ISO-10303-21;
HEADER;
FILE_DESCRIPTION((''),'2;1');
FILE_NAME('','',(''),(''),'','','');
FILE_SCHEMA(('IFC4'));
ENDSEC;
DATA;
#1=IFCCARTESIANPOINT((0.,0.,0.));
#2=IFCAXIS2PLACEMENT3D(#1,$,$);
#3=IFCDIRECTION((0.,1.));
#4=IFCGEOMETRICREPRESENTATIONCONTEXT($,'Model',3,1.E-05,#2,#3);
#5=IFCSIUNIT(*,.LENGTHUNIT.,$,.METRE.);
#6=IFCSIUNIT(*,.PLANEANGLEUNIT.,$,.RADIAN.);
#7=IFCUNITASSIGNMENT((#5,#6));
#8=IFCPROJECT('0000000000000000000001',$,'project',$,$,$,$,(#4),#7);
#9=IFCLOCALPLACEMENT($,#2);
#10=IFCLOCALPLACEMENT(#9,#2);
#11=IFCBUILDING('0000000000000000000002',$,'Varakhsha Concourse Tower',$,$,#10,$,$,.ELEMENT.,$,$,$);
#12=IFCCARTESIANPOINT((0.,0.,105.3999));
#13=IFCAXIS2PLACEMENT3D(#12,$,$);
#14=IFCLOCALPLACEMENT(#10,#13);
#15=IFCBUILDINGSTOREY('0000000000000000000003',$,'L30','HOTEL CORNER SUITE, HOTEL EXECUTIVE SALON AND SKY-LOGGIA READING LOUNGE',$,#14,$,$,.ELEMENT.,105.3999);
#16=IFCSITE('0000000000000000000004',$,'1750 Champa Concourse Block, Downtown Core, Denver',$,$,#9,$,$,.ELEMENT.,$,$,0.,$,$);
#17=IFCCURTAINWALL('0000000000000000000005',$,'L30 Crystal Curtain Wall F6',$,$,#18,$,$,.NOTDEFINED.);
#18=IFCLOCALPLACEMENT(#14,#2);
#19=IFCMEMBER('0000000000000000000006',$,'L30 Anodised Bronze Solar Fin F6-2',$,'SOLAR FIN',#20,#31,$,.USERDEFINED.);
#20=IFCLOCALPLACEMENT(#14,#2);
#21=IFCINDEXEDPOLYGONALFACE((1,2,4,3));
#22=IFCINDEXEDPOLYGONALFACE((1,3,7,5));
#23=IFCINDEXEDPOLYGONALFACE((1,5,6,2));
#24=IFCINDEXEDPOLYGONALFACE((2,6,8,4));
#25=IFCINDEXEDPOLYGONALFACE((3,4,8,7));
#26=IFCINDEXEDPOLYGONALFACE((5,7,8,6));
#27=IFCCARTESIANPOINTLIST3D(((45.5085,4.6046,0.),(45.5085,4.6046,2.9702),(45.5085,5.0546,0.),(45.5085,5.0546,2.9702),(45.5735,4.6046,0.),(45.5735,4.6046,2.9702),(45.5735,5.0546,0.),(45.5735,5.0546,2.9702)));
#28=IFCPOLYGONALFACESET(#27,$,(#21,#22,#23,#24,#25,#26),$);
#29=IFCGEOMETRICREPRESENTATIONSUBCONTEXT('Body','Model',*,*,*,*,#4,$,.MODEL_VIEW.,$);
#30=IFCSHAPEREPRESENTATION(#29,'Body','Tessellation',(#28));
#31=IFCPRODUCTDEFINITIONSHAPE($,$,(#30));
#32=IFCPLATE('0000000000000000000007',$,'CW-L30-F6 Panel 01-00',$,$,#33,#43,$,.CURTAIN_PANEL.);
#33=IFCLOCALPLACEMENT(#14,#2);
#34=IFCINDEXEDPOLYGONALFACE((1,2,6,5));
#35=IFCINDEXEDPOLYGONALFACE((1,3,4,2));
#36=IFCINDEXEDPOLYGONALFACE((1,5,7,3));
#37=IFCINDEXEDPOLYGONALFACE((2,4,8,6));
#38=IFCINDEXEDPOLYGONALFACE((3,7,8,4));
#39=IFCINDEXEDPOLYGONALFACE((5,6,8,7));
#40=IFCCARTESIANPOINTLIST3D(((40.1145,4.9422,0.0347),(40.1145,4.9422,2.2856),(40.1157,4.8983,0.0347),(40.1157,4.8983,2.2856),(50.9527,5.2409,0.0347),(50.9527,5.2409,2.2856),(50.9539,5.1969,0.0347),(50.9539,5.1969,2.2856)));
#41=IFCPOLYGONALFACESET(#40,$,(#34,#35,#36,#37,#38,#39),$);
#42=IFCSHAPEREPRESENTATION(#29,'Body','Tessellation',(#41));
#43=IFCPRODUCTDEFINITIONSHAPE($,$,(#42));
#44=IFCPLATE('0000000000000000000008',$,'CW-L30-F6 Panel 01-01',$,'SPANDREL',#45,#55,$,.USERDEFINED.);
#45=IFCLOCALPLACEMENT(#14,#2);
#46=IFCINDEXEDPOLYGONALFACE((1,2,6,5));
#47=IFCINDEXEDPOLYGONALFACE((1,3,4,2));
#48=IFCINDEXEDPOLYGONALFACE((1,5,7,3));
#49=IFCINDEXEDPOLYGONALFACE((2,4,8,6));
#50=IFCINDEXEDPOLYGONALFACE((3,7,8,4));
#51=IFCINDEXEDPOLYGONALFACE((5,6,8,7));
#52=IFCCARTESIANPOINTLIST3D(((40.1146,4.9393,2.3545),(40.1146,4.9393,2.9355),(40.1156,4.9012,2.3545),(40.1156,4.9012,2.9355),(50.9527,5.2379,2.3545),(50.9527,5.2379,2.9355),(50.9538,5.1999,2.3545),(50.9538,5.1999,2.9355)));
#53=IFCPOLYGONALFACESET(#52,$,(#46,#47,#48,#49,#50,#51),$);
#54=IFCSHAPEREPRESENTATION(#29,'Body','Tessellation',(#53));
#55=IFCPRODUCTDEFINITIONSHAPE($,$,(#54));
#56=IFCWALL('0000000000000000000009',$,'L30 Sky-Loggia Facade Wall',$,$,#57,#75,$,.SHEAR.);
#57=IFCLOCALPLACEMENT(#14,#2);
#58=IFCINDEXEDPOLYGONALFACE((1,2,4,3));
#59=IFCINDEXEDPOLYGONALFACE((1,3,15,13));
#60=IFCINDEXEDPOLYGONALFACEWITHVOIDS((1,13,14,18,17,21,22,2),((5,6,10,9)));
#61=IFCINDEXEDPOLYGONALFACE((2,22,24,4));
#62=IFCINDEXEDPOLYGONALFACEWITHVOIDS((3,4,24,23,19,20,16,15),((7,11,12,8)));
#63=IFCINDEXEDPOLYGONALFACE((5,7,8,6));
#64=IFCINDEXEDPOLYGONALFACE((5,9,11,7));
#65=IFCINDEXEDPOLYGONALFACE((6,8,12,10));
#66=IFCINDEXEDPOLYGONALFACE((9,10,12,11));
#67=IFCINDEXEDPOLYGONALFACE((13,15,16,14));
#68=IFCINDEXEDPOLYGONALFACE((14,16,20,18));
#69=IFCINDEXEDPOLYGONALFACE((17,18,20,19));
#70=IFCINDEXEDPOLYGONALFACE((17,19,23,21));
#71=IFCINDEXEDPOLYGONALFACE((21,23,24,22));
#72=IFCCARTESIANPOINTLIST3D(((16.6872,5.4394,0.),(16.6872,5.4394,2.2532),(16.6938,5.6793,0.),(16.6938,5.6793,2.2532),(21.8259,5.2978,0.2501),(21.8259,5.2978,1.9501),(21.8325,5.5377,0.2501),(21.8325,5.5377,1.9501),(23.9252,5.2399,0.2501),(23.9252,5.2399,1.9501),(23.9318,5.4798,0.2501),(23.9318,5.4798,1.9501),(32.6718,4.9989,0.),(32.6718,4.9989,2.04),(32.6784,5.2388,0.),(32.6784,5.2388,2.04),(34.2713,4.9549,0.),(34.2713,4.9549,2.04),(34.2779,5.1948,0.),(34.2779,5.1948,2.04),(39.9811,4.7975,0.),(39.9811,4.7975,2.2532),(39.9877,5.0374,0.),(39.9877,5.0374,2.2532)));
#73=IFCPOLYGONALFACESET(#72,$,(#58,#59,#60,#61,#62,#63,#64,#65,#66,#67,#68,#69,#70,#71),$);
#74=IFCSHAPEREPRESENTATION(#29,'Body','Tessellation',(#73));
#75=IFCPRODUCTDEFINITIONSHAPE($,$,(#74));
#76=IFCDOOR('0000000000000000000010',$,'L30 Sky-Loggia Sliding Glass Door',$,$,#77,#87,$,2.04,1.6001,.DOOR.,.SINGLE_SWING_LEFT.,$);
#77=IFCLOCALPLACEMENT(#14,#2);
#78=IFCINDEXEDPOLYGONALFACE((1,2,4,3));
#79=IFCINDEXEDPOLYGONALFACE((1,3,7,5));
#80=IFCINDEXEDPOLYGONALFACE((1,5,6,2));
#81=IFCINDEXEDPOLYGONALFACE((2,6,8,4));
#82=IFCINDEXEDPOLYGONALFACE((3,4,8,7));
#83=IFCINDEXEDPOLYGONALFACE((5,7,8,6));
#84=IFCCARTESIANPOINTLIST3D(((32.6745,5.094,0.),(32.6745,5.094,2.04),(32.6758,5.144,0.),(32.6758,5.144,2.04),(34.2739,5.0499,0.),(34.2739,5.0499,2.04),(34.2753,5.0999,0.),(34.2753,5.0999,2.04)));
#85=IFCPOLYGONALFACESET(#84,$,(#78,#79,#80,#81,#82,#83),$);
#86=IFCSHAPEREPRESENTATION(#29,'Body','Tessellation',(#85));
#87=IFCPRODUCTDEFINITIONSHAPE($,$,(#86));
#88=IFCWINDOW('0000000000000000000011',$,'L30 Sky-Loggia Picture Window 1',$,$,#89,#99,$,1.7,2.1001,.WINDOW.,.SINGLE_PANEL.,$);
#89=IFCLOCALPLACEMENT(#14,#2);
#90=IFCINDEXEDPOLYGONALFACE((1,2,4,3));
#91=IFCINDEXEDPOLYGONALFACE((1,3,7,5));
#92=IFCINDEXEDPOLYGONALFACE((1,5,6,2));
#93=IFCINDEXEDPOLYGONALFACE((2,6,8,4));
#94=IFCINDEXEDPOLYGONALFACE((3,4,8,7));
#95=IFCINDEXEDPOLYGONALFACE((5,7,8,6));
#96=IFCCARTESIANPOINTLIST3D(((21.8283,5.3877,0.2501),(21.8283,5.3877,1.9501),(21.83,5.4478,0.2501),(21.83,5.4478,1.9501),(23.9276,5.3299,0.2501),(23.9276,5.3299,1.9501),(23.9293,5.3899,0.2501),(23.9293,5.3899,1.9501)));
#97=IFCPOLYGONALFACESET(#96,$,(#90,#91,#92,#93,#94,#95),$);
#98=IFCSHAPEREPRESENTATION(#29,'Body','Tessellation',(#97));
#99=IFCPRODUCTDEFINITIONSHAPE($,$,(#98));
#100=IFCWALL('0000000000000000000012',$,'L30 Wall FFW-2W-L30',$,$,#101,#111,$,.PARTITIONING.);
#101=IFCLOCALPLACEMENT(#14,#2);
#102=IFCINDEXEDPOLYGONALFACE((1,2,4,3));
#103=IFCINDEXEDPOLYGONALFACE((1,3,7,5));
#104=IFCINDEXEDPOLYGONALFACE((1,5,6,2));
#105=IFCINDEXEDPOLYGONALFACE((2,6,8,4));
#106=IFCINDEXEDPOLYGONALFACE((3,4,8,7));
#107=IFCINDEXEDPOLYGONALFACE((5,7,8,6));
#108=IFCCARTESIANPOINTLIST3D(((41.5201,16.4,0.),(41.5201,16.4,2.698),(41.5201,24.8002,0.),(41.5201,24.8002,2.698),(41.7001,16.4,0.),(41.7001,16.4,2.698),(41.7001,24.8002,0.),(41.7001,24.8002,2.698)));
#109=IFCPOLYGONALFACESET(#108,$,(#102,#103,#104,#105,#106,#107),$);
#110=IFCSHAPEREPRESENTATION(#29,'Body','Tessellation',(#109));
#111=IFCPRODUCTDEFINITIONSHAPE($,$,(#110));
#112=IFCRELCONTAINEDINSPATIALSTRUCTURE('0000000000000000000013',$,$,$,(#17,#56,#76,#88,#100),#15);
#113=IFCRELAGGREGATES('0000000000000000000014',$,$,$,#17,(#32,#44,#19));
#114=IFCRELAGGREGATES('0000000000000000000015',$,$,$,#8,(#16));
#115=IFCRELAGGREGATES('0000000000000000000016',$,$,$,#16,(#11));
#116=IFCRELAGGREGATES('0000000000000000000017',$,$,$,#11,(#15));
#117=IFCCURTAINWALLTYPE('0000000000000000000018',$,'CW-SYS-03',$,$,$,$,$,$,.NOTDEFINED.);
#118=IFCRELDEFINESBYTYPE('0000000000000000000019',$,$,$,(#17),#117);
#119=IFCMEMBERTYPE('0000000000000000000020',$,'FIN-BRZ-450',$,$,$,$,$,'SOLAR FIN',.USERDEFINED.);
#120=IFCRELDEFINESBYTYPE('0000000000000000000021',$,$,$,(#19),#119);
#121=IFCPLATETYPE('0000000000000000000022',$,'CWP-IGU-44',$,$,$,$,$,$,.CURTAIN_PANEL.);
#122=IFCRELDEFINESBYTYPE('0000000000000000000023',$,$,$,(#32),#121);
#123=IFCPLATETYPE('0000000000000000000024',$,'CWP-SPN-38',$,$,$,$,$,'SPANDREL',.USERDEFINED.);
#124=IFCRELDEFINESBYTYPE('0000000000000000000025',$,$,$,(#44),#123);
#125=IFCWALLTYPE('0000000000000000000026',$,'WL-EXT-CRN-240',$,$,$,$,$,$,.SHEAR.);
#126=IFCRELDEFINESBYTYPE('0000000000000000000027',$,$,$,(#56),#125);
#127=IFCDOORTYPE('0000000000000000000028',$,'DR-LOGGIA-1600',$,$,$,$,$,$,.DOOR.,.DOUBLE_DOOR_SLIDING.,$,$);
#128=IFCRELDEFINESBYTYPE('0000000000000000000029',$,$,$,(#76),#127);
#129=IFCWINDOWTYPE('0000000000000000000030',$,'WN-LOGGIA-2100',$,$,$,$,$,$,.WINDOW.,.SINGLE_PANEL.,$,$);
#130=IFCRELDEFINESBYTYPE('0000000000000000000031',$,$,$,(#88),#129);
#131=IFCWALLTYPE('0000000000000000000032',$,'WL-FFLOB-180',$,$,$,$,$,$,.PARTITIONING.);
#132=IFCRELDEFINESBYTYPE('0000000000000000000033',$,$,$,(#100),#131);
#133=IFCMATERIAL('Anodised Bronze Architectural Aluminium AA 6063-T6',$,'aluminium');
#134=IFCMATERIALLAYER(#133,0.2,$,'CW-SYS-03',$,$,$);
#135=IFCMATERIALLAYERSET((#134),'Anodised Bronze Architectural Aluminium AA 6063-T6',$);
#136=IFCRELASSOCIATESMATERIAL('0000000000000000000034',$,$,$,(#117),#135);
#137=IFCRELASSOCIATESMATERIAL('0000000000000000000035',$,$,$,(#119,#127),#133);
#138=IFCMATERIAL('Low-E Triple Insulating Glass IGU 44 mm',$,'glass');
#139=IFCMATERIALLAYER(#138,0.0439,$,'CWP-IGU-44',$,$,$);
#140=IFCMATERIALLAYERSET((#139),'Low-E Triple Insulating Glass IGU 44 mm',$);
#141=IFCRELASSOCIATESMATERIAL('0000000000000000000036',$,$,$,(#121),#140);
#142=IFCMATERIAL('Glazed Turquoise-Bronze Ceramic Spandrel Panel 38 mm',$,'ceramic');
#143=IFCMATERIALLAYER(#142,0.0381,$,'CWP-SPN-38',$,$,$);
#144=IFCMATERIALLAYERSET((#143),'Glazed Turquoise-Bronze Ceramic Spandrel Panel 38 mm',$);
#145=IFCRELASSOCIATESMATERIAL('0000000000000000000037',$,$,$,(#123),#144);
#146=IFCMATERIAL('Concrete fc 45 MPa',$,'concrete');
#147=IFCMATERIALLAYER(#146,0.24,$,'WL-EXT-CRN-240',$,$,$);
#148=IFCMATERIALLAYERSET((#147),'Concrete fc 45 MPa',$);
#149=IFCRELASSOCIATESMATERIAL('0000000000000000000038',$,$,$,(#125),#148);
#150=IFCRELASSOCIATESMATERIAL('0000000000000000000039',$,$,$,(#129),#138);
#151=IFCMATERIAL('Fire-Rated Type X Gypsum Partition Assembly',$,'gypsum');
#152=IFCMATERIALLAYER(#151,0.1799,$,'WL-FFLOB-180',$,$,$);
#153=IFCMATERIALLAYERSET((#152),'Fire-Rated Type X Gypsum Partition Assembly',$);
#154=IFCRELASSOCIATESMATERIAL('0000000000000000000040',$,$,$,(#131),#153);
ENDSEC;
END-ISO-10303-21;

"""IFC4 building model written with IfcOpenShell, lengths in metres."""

from ifc_helpers import new_model, si_unit, direction, frame, frame_2d, origin, origin_2d, place, context, subcontext, project, spatial, rectangle, extrude, source, transform, mapped, material, layer, layer_set, material_profile, profile_set, type_object, type_shapes, element, fill, aggregate, save


model = new_model("IFC4")

# Units and contexts
model_context = context("Model", 3, precision=1e-05, world=origin(), true_north=direction((0.0, 1.0)))
body_context = subcontext(model_context, "Body", "Model", "MODEL_VIEW")
ifc_project = project(units=[si_unit("LENGTHUNIT", "METRE"), si_unit("PLANEANGLEUNIT", "RADIAN")], contexts=[model_context])

# Site, building, storey
site_placement = place(None, origin())
site = spatial("IfcSite", under=ifc_project, at=site_placement, Name="1750 Champa Concourse Block, Downtown Core, Denver", CompositionType="ELEMENT", RefElevation=0.0)
building_placement = place(site_placement, origin())
building = spatial("IfcBuilding", under=site, at=building_placement, Name="Varakhsha Concourse Tower", CompositionType="ELEMENT")
storey_placement = place(building_placement, frame((0.0, 0.0, 105.3999)))
storey = spatial("IfcBuildingStorey", under=building, at=storey_placement, Name="L30", Description="HOTEL CORNER SUITE, HOTEL EXECUTIVE SALON AND SKY-LOGGIA READING LOUNGE", CompositionType="ELEMENT", Elevation=105.3999)

# Curtain wall, member, plates
ifc_material_1 = material(Name="Anodised Bronze Architectural Aluminium AA 6063-T6", Category="aluminium")
ifc_layer_1 = layer(ifc_material_1, 0.2, Name="CW-SYS-03")
ifc_layer_set_1 = layer_set([ifc_layer_1], Name="Anodised Bronze Architectural Aluminium AA 6063-T6")
curtain_wall_type = type_object("IfcCurtainWallType", Name="CW-SYS-03", PredefinedType="NOTDEFINED", material=ifc_layer_set_1)
curtain_wall_placement = place(storey_placement, origin())
curtain_wall = element("IfcCurtainWall", 1, at=curtain_wall_placement, inside=storey, type_object=curtain_wall_type, Name="L30 Crystal Curtain Wall F6", PredefinedType="NOTDEFINED")
ifc_material_profile_1 = material_profile(ifc_material_1, rectangle(XDim=0.0649, YDim=0.45, at=origin_2d()), Name="FIN-BRZ-450")
ifc_profile_set_1 = profile_set([ifc_material_profile_1], Name="Anodised Bronze Architectural Aluminium AA 6063-T6")
member_type_1 = type_object("IfcMemberType", Name="FIN-BRZ-450", ElementType="SOLAR FIN", PredefinedType="USERDEFINED", material=ifc_profile_set_1)
shared_shape_1 = source(origin(), body_context, "Body", "SweptSolid", [
    extrude(rectangle(XDim=0.0649, YDim=0.45, at=origin_2d()), origin(), (0.0, 0.0, 1.0), 2.9702),
])
type_shapes(member_type_1, [shared_shape_1])
member_1_placement = place(storey_placement, frame((45.541, 4.8296, 0.0), z_axis=(0.0, 0.0, 1.0), x_axis=(1.0, 0.0, 0.0)))
member_1 = element("IfcMember", 2, at=member_1_placement, type_object=member_type_1, Name="L30 Anodised Bronze Solar Fin F6-2", ObjectType="SOLAR FIN", PredefinedType="USERDEFINED", context=body_context, shape_type="MappedRepresentation", body=[
    mapped(shared_shape_1, transform((0.0, 0.0, 0.0), scale=1.0)),
])
ifc_material_2 = material(Name="Low-E Triple Insulating Glass IGU 44 mm", Category="glass")
ifc_layer_2 = layer(ifc_material_2, 0.0439, Name="CWP-IGU-44")
ifc_layer_set_2 = layer_set([ifc_layer_2], Name="Low-E Triple Insulating Glass IGU 44 mm")
plate_type_1 = type_object("IfcPlateType", Name="CWP-IGU-44", PredefinedType="CURTAIN_PANEL", material=ifc_layer_set_2)
shared_shape_2 = source(origin(), body_context, "Body", "SweptSolid", [
    extrude(rectangle(XDim=10.8423, YDim=0.0439, at=origin_2d()), origin(), (0.0, 0.0, 1.0), 2.251),
])
type_shapes(plate_type_1, [shared_shape_2])
plate_1_placement = place(storey_placement, frame((45.5342, 5.0696, 0.0347), z_axis=(0.0, 0.0, 1.0), x_axis=(-0.999621, -0.027547, 0.0)))
plate_1 = element("IfcPlate", 3, at=plate_1_placement, type_object=plate_type_1, Name="CW-L30-F6 Panel 01-00", PredefinedType="CURTAIN_PANEL", context=body_context, shape_type="MappedRepresentation", body=[
    mapped(shared_shape_2, transform((0.0, 0.0, 0.0), scale=1.0)),
])
ifc_material_3 = material(Name="Glazed Turquoise-Bronze Ceramic Spandrel Panel 38 mm", Category="ceramic")
ifc_layer_3 = layer(ifc_material_3, 0.0381, Name="CWP-SPN-38")
ifc_layer_set_3 = layer_set([ifc_layer_3], Name="Glazed Turquoise-Bronze Ceramic Spandrel Panel 38 mm")
plate_type_2 = type_object("IfcPlateType", Name="CWP-SPN-38", ElementType="SPANDREL", PredefinedType="USERDEFINED", material=ifc_layer_set_3)
shared_shape_3 = source(origin(), body_context, "Body", "SweptSolid", [
    extrude(rectangle(XDim=10.8423, YDim=0.0381, at=origin_2d()), origin(), (0.0, 0.0, 1.0), 0.5811),
])
type_shapes(plate_type_2, [shared_shape_3])
plate_2_placement = place(storey_placement, frame((45.5342, 5.0696, 2.3545), z_axis=(0.0, 0.0, 1.0), x_axis=(-0.999621, -0.027547, 0.0)))
plate_2 = element("IfcPlate", 4, at=plate_2_placement, type_object=plate_type_2, Name="CW-L30-F6 Panel 01-01", ObjectType="SPANDREL", PredefinedType="USERDEFINED", context=body_context, shape_type="MappedRepresentation", body=[
    mapped(shared_shape_3, transform((0.0, 0.0, 0.0), scale=1.0)),
])
aggregate(curtain_wall, [plate_1, plate_2, member_1])

# Wall, openings, door, window
ifc_material_4 = material(Name="Concrete fc 45 MPa", Category="concrete")
ifc_layer_4 = layer(ifc_material_4, 0.24, Name="WL-EXT-CRN-240")
ifc_layer_set_4 = layer_set([ifc_layer_4], Name="Concrete fc 45 MPa")
wall_type_1 = type_object("IfcWallType", Name="WL-EXT-CRN-240", PredefinedType="SHEAR", material=ifc_layer_set_4)
wall_1_placement = place(storey_placement, frame((39.9844, 4.9175, 0.0), z_axis=(0.0, 0.0, 1.0), x_axis=(-0.999621, 0.027544, 0.0)))
wall_1 = element("IfcWall", 5, at=wall_1_placement, inside=storey, type_object=wall_type_1, Name="L30 Sky-Loggia Facade Wall", PredefinedType="SHEAR", context=body_context, shape_type="SweptSolid", body=[
    extrude(rectangle(XDim=23.3027, YDim=0.24, at=frame_2d((11.6514, 0.0))), origin(), (0.0, 0.0, 1.0), 2.2532),
])
opening_1_placement = place(wall_1_placement, frame((5.7119, 0.0, 0.0)))
opening_1 = element("IfcOpeningElement", 6, at=opening_1_placement, cuts=wall_1, PredefinedType="OPENING", context=body_context, shape_type="SweptSolid", body=[
    extrude(rectangle(XDim=1.6001, YDim=2.04, at=frame_2d((0.8, 1.02))), frame((0.0, 0.1299, 0.0), z_axis=(0.0, -1.0, 0.0), x_axis=(1.0, 0.0, 0.0)), (0.0, 0.0, 1.0), 0.26),
])
opening_2_placement = place(wall_1_placement, frame((16.062, 0.0, 0.25)))
opening_2 = element("IfcOpeningElement", 7, at=opening_2_placement, cuts=wall_1, PredefinedType="OPENING", context=body_context, shape_type="SweptSolid", body=[
    extrude(rectangle(XDim=2.1001, YDim=1.7, at=frame_2d((1.05, 0.8501))), frame((0.0, 0.1299, 0.0), z_axis=(0.0, -1.0, 0.0), x_axis=(1.0, 0.0, 0.0)), (0.0, 0.0, 1.0), 0.26),
])
door_type_1 = type_object("IfcDoorType", Name="DR-LOGGIA-1600", OperationType="DOUBLE_DOOR_SLIDING", PredefinedType="DOOR", material=ifc_material_1)
door_1_placement = place(opening_1_placement, origin())
door_1 = element("IfcDoor", 8, at=door_1_placement, inside=storey, type_object=door_type_1, Name="L30 Sky-Loggia Sliding Glass Door", OperationType="SINGLE_SWING_LEFT", OverallHeight=2.04, OverallWidth=1.6001, PredefinedType="DOOR", context=body_context, shape_type="SweptSolid", body=[
    extrude(rectangle(XDim=1.6001, YDim=2.04, at=frame_2d((0.8, 1.02))), frame((0.0, 0.0249, 0.0), z_axis=(0.0, -1.0, 0.0), x_axis=(1.0, 0.0, 0.0)), (0.0, 0.0, 1.0), 0.05),
])
fill(opening_1, door_1)
window_type = type_object("IfcWindowType", Name="WN-LOGGIA-2100", PartitioningType="SINGLE_PANEL", PredefinedType="WINDOW", material=ifc_material_2)
window_placement = place(opening_2_placement, origin())
window = element("IfcWindow", 9, at=window_placement, inside=storey, type_object=window_type, Name="L30 Sky-Loggia Picture Window 1", OverallHeight=1.7, OverallWidth=2.1001, PartitioningType="SINGLE_PANEL", PredefinedType="WINDOW", context=body_context, shape_type="SweptSolid", body=[
    extrude(rectangle(XDim=2.1001, YDim=1.7, at=frame_2d((1.05, 0.8501))), frame((0.0, 0.03, 0.0), z_axis=(0.0, -1.0, 0.0), x_axis=(1.0, 0.0, 0.0)), (0.0, 0.0, 1.0), 0.0601),
])
fill(opening_2, window)

# Wall
ifc_material_5 = material(Name="Fire-Rated Type X Gypsum Partition Assembly", Category="gypsum")
ifc_layer_5 = layer(ifc_material_5, 0.1799, Name="WL-FFLOB-180")
ifc_layer_set_5 = layer_set([ifc_layer_5], Name="Fire-Rated Type X Gypsum Partition Assembly")
wall_type_2 = type_object("IfcWallType", Name="WL-FFLOB-180", PredefinedType="PARTITIONING", material=ifc_layer_set_5)
wall_2_placement = place(storey_placement, frame((41.6101, 16.3999, 0.0), z_axis=(0.0, 0.0, 1.0), x_axis=(0.0, 1.0, 0.0)))
element("IfcWall", 10, at=wall_2_placement, inside=storey, type_object=wall_type_2, Name="L30 Wall FFW-2W-L30", PredefinedType="PARTITIONING", context=body_context, shape_type="SweptSolid", body=[
    extrude(rectangle(XDim=8.4001, YDim=0.1799, at=frame_2d((4.2002, 0.0))), origin(), (0.0, 0.0, 1.0), 2.698),
])

save(model, "model.ifc")
